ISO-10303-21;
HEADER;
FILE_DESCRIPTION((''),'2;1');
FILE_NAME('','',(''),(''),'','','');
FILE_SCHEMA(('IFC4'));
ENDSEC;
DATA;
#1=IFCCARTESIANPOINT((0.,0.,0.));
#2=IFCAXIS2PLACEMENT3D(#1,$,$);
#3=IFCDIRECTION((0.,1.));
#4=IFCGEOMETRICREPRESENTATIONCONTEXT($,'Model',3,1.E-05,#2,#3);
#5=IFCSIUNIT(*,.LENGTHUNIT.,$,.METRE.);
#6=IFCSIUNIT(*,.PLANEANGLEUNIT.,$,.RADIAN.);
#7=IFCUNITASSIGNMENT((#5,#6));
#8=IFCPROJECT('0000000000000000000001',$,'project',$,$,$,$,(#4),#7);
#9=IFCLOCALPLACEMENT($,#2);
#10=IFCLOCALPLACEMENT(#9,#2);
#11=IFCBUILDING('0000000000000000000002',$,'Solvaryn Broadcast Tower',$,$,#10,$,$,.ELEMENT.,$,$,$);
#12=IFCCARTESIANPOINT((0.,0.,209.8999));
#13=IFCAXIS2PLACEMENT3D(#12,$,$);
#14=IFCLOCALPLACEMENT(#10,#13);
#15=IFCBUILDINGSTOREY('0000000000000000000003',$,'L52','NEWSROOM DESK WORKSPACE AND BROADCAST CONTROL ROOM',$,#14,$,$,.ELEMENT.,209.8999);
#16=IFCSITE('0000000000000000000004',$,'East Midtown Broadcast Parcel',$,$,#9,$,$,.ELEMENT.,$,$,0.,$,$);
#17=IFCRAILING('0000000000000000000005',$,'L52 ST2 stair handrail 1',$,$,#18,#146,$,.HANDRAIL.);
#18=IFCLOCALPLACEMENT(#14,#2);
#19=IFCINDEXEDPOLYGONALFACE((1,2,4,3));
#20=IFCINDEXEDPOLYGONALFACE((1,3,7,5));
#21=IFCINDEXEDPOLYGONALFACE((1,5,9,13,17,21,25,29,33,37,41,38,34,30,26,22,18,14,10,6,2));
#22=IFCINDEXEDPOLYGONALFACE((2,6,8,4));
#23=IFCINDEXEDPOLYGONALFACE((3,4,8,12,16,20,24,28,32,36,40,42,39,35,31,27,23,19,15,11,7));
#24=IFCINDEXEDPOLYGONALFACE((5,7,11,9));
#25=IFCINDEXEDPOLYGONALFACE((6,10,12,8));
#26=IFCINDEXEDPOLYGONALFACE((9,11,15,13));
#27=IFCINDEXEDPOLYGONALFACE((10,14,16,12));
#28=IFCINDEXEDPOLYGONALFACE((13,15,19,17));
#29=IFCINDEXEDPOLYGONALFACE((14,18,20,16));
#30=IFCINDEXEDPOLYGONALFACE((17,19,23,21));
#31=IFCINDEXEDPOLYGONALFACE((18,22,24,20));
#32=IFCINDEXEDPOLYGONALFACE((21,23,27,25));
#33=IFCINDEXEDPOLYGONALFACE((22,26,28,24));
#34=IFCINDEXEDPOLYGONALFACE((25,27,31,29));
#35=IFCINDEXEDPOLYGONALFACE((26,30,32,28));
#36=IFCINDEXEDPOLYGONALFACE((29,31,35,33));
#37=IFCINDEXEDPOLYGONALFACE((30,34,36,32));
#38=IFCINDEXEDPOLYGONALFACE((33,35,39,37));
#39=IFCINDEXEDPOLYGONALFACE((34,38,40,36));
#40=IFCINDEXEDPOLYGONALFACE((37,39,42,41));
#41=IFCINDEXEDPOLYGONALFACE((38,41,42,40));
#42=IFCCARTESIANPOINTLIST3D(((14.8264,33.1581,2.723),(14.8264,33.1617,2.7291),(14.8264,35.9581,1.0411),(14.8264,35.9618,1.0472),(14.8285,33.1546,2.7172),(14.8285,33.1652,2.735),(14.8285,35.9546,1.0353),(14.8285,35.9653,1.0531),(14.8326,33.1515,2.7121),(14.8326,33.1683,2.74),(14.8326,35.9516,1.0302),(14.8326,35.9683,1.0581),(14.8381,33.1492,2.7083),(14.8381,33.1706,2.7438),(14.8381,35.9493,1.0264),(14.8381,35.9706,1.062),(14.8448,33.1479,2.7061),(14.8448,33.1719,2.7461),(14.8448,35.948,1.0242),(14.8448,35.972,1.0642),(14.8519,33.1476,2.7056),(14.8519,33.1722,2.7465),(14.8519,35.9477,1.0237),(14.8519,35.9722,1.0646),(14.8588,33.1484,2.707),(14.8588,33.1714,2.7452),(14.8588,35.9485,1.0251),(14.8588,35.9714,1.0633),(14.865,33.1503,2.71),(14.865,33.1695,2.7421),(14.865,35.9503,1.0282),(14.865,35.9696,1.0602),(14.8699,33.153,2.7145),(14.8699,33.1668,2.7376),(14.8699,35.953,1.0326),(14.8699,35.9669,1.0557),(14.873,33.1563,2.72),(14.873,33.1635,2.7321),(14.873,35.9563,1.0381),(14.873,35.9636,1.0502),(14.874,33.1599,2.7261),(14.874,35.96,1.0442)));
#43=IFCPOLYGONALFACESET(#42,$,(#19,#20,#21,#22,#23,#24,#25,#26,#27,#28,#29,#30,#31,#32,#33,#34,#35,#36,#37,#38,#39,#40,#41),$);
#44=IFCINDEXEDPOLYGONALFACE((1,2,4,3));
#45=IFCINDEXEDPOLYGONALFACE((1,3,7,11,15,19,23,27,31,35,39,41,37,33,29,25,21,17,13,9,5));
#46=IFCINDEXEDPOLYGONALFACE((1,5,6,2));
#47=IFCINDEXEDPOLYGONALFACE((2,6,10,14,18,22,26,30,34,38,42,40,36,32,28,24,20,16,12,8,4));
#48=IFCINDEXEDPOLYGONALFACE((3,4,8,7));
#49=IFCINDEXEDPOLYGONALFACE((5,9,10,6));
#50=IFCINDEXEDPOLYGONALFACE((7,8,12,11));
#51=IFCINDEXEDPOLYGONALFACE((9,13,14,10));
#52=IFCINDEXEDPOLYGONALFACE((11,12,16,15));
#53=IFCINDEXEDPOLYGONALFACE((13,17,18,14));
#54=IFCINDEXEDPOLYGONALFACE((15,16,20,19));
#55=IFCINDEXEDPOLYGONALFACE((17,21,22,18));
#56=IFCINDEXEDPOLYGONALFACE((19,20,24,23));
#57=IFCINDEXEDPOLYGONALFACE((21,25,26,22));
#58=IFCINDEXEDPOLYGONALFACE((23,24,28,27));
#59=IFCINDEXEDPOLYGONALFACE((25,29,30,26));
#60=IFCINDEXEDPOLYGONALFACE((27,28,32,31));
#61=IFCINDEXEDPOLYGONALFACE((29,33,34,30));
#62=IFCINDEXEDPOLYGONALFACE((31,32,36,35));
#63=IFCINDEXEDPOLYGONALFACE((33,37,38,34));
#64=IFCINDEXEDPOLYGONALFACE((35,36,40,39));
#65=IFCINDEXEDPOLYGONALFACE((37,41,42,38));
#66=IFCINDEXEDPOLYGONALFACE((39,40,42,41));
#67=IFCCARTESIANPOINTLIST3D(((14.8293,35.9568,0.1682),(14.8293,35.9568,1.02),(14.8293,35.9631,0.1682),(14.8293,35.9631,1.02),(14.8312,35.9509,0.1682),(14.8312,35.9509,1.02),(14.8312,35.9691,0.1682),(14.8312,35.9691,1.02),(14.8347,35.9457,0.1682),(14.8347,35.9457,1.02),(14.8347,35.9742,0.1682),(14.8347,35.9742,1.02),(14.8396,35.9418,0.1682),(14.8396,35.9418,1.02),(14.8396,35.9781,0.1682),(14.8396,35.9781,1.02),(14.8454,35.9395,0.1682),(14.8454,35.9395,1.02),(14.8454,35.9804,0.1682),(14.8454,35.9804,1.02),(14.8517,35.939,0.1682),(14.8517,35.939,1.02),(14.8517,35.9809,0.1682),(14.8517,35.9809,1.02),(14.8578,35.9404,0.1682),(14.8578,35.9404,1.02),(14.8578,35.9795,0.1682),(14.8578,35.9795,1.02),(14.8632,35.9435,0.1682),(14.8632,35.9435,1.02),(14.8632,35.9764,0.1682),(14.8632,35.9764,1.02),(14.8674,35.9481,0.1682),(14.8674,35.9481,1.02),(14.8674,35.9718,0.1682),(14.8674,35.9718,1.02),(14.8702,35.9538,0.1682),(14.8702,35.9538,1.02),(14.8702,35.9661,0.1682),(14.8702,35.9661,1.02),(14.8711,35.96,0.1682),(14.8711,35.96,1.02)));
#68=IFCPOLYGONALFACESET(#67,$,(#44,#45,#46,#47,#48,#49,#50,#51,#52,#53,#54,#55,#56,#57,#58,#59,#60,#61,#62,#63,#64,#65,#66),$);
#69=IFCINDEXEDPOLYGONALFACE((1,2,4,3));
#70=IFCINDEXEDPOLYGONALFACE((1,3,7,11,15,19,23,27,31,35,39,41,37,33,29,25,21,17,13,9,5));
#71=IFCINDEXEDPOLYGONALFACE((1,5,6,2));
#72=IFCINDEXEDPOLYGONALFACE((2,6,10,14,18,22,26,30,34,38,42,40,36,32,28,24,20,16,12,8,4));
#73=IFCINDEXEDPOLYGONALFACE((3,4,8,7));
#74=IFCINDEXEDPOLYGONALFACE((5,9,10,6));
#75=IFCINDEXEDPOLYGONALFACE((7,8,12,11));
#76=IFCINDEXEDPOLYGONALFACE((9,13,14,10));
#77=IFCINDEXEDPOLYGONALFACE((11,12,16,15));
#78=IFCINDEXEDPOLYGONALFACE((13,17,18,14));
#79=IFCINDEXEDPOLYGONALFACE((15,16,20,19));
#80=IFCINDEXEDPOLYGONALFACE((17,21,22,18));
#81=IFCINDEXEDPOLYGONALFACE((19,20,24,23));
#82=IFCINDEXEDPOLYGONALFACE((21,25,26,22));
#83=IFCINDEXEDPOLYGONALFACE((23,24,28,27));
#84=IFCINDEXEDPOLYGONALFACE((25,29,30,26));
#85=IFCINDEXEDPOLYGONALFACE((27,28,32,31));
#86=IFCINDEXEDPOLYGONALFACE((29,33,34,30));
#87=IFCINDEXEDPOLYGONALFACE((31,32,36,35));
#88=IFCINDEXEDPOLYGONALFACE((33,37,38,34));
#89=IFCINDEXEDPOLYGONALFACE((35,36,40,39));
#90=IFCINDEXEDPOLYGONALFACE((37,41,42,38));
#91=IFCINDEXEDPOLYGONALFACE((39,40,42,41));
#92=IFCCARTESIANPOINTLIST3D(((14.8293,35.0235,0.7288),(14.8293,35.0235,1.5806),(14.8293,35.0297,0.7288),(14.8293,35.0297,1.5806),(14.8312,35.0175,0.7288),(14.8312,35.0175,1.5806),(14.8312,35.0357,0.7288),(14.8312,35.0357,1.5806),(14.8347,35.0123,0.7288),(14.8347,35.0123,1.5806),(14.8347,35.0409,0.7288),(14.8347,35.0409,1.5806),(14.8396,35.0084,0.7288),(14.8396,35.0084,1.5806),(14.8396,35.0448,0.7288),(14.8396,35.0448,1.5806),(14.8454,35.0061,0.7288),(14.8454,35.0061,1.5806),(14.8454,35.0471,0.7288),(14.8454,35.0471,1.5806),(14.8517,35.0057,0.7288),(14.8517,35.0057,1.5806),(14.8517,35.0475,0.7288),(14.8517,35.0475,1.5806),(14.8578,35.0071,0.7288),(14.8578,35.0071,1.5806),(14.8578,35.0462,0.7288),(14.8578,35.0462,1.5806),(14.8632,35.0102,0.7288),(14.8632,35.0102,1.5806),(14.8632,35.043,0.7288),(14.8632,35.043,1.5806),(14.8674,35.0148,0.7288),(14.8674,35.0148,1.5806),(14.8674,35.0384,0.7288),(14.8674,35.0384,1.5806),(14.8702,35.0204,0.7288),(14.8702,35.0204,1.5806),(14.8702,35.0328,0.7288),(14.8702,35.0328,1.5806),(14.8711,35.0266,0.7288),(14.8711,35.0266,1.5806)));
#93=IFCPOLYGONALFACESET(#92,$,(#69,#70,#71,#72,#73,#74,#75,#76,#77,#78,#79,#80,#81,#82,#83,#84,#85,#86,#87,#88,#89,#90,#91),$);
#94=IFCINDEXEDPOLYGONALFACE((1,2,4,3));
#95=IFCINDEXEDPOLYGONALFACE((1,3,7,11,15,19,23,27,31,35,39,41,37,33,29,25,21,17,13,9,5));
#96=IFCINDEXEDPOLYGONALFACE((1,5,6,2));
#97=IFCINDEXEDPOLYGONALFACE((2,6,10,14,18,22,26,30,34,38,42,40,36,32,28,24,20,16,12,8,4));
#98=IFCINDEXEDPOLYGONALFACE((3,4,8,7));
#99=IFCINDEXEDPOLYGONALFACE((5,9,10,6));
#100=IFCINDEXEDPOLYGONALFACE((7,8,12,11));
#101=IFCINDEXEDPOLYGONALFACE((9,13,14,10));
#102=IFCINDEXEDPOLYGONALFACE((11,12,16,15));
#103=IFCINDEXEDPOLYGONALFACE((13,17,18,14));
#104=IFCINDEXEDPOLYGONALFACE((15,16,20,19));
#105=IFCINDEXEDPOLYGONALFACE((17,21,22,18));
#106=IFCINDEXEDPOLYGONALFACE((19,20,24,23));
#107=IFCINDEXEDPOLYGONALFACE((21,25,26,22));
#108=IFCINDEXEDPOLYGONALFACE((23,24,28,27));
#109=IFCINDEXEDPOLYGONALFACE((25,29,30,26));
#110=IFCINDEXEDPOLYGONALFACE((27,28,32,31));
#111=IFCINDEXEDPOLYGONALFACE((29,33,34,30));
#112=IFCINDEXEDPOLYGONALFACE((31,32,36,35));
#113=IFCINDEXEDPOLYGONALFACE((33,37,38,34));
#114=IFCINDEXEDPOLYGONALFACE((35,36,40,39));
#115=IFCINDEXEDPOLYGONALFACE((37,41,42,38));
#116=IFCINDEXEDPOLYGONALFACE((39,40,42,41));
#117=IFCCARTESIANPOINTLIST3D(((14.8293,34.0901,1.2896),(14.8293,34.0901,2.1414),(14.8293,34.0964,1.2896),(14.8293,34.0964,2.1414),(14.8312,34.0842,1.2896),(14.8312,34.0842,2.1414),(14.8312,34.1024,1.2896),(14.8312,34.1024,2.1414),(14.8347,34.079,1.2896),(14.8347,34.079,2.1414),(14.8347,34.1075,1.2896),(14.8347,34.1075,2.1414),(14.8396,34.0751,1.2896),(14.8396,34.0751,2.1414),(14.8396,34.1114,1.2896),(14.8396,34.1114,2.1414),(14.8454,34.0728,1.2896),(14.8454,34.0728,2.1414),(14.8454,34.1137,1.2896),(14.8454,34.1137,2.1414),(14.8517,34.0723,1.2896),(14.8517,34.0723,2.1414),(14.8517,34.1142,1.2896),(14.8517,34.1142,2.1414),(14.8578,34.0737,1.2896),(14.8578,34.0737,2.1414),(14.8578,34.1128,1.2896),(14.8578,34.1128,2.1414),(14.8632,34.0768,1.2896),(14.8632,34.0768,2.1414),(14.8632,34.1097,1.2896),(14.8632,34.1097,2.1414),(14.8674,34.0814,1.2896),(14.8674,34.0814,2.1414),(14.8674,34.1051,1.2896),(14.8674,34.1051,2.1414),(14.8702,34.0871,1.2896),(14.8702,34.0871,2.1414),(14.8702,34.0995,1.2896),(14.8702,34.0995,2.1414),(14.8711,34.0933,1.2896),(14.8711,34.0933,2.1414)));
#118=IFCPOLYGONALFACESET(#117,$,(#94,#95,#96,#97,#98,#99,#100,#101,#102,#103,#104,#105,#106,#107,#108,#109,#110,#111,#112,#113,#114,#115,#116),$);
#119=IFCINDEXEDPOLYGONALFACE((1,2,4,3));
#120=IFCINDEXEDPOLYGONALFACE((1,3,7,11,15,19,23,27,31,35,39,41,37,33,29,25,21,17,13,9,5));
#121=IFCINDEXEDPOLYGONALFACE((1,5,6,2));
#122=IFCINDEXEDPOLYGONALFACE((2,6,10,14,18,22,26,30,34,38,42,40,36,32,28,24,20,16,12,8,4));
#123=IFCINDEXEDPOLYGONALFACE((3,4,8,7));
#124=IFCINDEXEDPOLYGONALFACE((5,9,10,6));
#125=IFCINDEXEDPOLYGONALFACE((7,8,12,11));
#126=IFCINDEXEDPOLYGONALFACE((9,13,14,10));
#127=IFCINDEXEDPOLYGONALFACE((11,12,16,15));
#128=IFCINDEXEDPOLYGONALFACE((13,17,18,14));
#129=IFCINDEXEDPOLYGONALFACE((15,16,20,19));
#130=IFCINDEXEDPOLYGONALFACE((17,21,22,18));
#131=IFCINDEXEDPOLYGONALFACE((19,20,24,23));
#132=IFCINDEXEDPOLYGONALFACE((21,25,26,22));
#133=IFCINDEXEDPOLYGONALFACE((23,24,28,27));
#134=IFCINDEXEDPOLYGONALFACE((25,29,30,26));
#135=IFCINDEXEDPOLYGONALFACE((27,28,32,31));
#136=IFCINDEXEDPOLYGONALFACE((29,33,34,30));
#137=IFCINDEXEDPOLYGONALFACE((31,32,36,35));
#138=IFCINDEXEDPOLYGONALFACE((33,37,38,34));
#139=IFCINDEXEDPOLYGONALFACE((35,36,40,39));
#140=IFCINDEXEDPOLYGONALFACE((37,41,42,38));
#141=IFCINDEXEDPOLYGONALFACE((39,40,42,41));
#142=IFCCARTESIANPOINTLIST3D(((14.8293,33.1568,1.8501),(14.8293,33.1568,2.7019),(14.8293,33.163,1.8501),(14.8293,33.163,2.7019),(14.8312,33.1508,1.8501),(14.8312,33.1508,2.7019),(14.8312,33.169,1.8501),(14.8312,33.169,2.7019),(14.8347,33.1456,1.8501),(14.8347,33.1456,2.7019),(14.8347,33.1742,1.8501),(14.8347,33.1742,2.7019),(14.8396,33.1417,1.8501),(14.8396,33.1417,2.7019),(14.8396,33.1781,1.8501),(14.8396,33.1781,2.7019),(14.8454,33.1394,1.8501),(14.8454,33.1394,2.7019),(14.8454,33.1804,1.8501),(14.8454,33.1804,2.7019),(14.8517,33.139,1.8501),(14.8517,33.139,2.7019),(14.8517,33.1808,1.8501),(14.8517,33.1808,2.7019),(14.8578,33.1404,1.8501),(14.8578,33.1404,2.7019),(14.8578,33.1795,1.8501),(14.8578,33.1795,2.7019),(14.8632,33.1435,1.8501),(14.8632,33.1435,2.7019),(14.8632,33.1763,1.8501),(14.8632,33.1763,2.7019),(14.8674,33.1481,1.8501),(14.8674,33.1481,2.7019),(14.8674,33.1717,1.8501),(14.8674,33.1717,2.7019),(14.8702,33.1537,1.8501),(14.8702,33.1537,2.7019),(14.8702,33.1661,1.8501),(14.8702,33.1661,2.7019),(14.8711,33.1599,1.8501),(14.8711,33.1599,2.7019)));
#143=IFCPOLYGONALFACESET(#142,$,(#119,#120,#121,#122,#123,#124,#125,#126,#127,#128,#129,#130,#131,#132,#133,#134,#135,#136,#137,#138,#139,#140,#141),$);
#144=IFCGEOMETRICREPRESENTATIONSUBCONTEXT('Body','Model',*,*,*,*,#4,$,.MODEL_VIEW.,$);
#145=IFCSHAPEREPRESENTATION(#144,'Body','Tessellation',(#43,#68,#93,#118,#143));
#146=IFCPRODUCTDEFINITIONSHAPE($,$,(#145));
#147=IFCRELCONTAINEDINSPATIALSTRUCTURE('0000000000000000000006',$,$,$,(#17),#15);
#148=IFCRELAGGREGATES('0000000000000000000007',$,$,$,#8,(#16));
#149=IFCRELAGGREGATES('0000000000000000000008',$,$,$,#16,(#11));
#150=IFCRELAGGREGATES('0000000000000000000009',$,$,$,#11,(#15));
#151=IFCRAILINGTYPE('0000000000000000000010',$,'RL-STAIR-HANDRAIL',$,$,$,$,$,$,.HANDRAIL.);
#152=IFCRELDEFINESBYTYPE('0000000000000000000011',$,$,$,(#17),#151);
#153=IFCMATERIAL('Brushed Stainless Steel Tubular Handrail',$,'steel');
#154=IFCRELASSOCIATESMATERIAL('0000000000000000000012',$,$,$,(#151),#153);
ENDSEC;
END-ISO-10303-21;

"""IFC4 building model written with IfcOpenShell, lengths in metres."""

from ifc_helpers import new_model, si_unit, direction, frame, origin, origin_2d, place, context, subcontext, project, spatial, circle, extrude, material, type_object, element, save


model = new_model("IFC4")

# Units and contexts
model_context = context("Model", 3, precision=1e-05, world=origin(), true_north=direction((0.0, 1.0)))
body_context = subcontext(model_context, "Body", "Model", "MODEL_VIEW")
ifc_project = project(units=[si_unit("LENGTHUNIT", "METRE"), si_unit("PLANEANGLEUNIT", "RADIAN")], contexts=[model_context])

# Site, building, storey
site_placement = place(None, origin())
site = spatial("IfcSite", under=ifc_project, at=site_placement, Name="East Midtown Broadcast Parcel", CompositionType="ELEMENT", RefElevation=0.0)
building_placement = place(site_placement, origin())
building = spatial("IfcBuilding", under=site, at=building_placement, Name="Solvaryn Broadcast Tower", CompositionType="ELEMENT")
storey_placement = place(building_placement, frame((0.0, 0.0, 209.8999)))
storey = spatial("IfcBuildingStorey", under=building, at=storey_placement, Name="L52", Description="NEWSROOM DESK WORKSPACE AND BROADCAST CONTROL ROOM", CompositionType="ELEMENT", Elevation=209.8999)

# Railing
ifc_material_1 = material(Name="Brushed Stainless Steel Tubular Handrail", Category="steel")
railing_type_1 = type_object("IfcRailingType", Name="RL-STAIR-HANDRAIL", PredefinedType="HANDRAIL", material=ifc_material_1)
railing_1_placement = place(storey_placement, frame((14.8501, 35.96, 0.1682)))
element("IfcRailing", 1, at=railing_1_placement, inside=storey, type_object=railing_type_1, Name="L52 ST2 stair handrail 1", PredefinedType="HANDRAIL", context=body_context, shape_type="SweptSolid", body=[
    extrude(circle(Radius=0.0239, at=origin_2d()), frame((0.0, 0.0, 0.876), z_axis=(0.0, -0.857242, 0.514913), x_axis=(1.0, 0.0, 0.0)), (0.0, 0.0, 1.0), 3.2664),
    extrude(circle(Radius=0.021, at=origin_2d()), origin(), (0.0, 0.0, 1.0), 0.8518),
    extrude(circle(Radius=0.021, at=origin_2d()), frame((0.0, -0.9333, 0.5605)), (0.0, 0.0, 1.0), 0.8518),
    extrude(circle(Radius=0.021, at=origin_2d()), frame((0.0, -1.8667, 1.1213)), (0.0, 0.0, 1.0), 0.8518),
    extrude(circle(Radius=0.021, at=origin_2d()), frame((0.0, -2.8, 1.6819)), (0.0, 0.0, 1.0), 0.8518),
])

save(model, "model.ifc")
